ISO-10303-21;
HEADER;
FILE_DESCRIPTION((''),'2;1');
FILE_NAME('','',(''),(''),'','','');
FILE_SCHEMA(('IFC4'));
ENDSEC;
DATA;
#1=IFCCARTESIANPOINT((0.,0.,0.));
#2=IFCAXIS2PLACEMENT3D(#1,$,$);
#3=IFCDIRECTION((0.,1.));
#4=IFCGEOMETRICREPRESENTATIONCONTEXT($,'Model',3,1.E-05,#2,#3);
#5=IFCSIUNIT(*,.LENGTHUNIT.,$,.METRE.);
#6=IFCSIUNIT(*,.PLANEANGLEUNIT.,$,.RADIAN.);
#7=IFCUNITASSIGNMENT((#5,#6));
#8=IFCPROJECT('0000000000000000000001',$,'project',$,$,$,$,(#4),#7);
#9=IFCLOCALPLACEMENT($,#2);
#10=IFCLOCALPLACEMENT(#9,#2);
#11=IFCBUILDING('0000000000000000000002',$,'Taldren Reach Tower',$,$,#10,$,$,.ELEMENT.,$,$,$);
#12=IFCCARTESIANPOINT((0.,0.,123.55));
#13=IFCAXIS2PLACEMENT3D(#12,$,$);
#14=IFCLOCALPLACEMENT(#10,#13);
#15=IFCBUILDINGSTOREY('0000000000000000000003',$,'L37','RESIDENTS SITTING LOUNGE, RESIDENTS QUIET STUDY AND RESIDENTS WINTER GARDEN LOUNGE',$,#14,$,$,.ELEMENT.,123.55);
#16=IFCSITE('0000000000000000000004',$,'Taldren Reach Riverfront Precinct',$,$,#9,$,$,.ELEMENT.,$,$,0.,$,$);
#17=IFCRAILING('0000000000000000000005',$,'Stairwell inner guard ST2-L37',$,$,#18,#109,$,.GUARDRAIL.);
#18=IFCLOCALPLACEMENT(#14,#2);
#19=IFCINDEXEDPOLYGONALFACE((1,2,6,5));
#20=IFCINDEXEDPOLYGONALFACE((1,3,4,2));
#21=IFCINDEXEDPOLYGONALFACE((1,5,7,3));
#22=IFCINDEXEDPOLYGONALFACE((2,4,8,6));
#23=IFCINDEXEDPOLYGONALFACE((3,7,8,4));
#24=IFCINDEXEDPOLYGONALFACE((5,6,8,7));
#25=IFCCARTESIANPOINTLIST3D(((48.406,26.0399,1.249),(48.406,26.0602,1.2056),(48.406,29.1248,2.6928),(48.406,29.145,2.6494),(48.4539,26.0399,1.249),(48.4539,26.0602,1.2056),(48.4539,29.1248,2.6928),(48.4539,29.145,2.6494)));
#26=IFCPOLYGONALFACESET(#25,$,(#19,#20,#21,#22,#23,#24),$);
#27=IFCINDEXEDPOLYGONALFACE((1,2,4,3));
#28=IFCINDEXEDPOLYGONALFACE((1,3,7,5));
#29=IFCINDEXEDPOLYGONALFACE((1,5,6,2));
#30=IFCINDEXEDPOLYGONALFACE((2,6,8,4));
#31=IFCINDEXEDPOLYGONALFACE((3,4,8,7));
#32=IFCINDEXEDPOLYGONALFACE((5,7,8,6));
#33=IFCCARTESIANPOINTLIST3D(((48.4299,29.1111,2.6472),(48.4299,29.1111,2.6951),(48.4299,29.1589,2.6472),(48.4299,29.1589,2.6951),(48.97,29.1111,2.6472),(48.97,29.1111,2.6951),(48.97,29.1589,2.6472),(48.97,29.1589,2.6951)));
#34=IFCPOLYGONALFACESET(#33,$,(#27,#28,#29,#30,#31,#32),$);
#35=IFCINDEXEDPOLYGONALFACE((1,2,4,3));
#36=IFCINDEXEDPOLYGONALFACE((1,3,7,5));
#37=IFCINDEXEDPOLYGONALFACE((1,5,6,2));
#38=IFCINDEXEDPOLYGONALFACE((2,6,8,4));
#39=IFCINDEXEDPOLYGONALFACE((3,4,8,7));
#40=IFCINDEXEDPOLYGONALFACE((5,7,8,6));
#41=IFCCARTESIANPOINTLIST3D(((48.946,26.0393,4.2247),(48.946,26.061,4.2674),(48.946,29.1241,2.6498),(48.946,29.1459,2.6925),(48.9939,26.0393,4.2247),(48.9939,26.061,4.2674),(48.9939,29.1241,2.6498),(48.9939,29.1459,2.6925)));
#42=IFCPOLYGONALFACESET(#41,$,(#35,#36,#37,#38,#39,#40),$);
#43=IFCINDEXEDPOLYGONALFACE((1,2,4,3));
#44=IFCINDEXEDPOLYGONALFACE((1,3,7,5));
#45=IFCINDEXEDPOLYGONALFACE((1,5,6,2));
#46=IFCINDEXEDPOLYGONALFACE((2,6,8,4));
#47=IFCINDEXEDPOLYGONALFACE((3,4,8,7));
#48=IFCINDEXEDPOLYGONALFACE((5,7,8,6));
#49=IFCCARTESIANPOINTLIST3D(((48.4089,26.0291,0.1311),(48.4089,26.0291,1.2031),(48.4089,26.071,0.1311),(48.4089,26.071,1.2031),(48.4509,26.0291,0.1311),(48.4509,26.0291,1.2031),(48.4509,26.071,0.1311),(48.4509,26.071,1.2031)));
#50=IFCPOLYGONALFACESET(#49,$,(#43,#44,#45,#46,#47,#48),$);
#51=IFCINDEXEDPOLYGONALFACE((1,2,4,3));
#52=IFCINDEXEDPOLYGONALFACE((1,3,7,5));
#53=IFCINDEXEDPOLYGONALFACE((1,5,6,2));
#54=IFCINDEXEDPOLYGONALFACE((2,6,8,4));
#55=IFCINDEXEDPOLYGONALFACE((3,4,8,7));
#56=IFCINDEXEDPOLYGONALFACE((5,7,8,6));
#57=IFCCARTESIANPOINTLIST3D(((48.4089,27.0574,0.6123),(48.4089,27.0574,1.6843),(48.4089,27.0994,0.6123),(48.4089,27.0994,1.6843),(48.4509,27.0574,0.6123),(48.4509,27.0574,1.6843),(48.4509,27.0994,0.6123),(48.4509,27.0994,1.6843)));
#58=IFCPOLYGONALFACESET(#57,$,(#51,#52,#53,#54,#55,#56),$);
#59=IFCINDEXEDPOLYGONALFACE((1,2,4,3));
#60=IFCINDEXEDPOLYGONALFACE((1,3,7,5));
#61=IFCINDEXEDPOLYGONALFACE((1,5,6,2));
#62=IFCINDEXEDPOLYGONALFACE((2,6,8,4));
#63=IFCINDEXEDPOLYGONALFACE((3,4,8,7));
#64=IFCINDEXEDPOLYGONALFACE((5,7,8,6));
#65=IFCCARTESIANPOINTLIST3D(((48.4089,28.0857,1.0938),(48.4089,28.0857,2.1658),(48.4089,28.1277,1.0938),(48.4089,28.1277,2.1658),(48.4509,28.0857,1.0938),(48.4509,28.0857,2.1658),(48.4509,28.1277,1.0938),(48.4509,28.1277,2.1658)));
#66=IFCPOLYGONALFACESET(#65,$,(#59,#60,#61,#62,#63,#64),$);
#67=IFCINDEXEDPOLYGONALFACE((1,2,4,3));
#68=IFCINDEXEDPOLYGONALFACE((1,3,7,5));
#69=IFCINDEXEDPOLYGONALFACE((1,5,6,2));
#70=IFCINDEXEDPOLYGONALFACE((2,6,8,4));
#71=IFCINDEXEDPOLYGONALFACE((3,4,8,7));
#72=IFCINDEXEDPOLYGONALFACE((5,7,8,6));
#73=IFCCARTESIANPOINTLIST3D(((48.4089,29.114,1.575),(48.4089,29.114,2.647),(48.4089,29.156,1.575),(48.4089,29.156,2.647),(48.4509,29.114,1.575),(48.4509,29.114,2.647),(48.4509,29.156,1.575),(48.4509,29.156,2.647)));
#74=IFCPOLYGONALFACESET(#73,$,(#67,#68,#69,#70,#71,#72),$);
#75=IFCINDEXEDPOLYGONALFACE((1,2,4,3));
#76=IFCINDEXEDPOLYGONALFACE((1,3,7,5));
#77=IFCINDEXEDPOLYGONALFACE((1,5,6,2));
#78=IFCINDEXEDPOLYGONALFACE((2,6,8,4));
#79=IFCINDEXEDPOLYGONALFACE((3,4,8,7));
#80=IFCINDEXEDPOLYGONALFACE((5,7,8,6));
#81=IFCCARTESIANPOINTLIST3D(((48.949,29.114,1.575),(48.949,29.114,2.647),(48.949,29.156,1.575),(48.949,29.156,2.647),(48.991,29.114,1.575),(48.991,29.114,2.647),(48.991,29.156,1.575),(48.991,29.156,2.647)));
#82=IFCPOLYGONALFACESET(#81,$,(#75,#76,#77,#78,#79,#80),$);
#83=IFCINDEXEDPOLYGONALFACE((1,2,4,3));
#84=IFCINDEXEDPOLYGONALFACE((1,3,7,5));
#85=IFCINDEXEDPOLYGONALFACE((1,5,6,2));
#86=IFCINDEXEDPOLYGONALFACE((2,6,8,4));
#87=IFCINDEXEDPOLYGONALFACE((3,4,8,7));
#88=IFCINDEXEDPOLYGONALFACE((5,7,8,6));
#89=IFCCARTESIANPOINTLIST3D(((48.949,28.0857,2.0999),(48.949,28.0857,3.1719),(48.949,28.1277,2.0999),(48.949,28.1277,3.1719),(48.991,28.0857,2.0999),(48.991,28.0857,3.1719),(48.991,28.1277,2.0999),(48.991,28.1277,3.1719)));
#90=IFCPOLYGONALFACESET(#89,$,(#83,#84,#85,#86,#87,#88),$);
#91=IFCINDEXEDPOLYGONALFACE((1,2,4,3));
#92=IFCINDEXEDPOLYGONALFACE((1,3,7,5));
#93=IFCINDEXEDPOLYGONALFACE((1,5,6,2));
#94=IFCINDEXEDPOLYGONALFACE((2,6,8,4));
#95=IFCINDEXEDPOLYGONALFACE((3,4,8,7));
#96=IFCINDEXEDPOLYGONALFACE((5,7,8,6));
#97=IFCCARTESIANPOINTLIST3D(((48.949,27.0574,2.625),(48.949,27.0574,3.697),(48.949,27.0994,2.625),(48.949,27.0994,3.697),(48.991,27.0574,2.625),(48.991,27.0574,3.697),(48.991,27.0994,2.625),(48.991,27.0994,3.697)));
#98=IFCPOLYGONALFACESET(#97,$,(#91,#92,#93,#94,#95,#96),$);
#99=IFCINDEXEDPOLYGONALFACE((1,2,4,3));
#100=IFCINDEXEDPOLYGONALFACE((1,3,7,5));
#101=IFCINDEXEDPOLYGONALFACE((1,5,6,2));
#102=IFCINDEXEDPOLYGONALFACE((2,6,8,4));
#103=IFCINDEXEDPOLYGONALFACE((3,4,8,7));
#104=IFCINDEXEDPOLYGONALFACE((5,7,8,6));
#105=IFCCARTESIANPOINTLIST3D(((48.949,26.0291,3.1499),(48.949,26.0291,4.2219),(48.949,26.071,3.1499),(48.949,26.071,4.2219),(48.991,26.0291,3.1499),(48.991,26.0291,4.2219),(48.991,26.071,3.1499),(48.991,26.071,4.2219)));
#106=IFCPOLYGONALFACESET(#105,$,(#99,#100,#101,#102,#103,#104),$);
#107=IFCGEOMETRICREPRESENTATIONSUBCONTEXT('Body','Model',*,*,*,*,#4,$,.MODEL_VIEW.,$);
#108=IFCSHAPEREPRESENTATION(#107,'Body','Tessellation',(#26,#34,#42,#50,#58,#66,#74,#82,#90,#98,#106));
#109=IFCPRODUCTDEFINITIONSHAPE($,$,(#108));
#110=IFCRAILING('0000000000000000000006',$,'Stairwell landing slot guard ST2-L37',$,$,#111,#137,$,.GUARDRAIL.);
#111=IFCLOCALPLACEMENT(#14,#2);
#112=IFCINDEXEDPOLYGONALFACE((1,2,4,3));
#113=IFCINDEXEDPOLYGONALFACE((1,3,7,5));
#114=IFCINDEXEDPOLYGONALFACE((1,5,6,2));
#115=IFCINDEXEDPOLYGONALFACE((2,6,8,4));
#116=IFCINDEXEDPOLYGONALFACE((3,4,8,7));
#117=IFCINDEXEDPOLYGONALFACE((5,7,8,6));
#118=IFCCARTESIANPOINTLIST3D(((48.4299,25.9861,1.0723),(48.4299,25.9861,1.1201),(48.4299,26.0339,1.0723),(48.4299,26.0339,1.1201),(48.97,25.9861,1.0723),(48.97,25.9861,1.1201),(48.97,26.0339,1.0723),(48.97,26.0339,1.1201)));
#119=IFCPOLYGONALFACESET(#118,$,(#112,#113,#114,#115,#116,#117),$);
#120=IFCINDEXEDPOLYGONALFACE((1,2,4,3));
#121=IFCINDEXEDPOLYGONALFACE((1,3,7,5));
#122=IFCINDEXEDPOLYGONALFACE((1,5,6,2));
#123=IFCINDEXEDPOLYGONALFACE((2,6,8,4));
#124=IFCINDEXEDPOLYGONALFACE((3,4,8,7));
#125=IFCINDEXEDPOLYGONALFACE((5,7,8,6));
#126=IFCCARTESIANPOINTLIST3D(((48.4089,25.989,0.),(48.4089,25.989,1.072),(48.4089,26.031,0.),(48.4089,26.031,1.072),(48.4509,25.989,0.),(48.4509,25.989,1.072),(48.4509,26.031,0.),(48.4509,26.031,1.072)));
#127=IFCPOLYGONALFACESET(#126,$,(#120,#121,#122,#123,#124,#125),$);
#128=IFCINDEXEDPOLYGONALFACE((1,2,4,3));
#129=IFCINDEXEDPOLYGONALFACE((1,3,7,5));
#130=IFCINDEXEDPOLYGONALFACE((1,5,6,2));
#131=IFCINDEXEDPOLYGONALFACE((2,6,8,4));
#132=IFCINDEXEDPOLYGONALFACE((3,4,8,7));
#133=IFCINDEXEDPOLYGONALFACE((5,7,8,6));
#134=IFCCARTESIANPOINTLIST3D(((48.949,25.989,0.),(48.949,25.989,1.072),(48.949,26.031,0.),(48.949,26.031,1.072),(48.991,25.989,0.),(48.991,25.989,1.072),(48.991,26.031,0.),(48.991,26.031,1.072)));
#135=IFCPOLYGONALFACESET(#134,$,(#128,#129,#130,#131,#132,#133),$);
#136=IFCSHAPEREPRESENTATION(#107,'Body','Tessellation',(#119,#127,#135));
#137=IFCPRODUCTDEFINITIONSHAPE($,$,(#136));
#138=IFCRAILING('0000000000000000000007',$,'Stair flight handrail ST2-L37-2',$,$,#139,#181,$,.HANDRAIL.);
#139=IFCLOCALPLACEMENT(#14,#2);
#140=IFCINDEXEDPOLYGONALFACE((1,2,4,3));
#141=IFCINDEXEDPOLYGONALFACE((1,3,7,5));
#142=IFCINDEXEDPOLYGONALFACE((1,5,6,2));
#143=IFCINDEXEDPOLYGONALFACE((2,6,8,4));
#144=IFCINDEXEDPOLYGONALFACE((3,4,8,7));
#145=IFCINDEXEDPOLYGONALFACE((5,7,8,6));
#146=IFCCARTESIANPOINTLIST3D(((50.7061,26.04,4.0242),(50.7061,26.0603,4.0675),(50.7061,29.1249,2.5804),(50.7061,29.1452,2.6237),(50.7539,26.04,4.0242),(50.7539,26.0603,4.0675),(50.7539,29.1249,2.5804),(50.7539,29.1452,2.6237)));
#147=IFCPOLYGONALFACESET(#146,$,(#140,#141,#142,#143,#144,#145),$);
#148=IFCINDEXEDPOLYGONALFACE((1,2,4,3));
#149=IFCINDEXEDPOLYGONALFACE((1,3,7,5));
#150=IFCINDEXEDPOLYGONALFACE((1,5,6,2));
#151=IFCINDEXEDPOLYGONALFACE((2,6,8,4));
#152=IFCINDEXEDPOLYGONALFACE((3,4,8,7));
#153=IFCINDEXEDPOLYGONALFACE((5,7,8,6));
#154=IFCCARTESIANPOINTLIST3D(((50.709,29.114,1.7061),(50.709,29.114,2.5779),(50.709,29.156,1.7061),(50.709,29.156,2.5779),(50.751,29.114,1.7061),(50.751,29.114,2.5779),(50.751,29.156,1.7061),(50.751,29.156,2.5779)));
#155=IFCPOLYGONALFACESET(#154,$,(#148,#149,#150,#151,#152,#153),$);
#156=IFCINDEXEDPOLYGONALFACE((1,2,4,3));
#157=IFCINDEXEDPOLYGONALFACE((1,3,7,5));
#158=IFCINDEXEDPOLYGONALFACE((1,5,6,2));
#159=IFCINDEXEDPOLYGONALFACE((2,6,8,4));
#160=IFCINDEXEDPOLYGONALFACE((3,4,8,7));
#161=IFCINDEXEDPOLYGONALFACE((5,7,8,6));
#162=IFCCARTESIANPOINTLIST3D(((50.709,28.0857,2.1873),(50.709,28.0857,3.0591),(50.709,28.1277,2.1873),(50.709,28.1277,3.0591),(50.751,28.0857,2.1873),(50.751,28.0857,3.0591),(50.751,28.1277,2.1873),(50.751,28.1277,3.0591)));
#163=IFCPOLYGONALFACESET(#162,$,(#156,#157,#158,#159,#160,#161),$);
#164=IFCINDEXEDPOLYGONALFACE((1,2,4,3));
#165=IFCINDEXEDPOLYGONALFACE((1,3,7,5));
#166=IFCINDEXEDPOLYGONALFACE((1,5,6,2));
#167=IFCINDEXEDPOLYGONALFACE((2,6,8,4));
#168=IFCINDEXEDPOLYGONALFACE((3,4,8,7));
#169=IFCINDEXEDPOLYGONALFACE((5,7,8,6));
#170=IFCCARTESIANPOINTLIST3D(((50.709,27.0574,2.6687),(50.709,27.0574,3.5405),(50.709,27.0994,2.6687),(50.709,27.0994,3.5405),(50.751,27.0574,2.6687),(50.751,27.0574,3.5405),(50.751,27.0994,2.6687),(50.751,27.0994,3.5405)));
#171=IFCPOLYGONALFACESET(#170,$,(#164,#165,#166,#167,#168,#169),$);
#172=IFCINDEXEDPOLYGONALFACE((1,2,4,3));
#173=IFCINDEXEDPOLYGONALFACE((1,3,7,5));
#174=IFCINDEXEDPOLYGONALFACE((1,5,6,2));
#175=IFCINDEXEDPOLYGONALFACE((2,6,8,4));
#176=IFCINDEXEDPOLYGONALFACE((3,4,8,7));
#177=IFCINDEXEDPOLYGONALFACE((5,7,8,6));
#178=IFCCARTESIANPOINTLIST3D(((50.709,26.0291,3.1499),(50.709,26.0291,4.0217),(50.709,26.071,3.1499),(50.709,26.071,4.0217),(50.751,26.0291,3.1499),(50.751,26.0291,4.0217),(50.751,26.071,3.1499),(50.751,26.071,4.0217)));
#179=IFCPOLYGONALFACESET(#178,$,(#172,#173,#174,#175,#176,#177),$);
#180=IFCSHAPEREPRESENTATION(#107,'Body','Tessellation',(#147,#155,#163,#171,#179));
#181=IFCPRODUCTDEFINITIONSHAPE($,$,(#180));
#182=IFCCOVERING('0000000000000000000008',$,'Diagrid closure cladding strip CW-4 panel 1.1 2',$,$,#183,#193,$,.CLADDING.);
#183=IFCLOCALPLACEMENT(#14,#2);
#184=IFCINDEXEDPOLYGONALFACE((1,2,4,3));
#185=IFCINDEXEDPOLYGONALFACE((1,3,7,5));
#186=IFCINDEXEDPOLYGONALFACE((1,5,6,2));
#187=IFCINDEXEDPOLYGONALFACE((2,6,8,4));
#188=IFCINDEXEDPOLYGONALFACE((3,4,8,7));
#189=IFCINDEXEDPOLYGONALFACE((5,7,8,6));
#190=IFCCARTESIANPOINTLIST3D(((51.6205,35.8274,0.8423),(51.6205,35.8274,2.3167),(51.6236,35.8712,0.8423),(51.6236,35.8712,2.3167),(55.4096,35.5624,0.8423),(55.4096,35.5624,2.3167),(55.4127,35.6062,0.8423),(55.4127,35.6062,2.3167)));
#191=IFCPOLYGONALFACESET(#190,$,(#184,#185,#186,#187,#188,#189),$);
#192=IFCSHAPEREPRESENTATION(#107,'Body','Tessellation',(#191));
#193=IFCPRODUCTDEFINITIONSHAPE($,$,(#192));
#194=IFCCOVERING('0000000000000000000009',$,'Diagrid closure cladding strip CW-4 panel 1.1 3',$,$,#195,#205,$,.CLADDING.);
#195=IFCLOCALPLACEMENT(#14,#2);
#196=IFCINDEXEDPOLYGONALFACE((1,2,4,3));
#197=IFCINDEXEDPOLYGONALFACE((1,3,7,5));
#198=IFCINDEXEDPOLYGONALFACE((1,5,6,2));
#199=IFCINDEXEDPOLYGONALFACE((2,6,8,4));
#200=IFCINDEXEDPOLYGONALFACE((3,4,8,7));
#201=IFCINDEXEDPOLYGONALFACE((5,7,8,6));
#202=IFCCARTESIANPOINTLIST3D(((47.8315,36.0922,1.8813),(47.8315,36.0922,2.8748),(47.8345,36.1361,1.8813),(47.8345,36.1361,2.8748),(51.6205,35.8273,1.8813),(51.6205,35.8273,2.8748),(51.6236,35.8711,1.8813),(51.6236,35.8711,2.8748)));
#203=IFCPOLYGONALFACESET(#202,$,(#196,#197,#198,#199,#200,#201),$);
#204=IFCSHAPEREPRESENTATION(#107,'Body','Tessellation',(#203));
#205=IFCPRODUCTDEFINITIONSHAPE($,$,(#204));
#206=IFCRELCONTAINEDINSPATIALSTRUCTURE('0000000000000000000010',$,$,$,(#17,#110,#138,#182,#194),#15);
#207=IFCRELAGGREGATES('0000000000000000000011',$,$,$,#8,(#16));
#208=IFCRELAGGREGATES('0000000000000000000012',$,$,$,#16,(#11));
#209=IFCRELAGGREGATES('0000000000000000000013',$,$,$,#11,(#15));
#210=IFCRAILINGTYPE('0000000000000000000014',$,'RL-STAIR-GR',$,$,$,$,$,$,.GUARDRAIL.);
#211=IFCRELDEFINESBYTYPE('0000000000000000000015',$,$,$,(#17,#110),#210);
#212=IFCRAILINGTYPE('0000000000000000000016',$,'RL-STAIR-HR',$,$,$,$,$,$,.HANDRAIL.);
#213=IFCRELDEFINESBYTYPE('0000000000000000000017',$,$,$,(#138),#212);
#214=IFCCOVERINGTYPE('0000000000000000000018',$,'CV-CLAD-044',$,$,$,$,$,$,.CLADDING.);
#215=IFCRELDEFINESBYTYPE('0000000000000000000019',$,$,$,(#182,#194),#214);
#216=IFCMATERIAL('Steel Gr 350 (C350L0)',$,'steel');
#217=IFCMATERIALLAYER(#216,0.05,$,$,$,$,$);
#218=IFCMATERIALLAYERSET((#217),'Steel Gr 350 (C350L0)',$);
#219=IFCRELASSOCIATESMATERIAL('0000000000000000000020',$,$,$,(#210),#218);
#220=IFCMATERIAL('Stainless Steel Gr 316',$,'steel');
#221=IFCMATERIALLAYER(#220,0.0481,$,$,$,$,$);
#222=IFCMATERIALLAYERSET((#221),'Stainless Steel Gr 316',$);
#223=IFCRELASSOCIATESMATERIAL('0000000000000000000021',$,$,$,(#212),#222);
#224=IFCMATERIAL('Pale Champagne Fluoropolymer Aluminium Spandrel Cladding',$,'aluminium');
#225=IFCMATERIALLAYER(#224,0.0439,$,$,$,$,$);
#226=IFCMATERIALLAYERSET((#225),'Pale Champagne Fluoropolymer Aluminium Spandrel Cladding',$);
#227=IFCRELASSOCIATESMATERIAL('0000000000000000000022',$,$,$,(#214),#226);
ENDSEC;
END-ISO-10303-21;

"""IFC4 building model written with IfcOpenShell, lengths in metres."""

from ifc_helpers import new_model, si_unit, direction, frame, origin, origin_2d, place, context, subcontext, project, spatial, rectangle, extrude, source, transform, mapped, material, layer, layer_set, type_object, element, save


model = new_model("IFC4")

# Units and contexts
model_context = context("Model", 3, precision=1e-05, world=origin(), true_north=direction((0.0, 1.0)))
body_context = subcontext(model_context, "Body", "Model", "MODEL_VIEW")
ifc_project = project(units=[si_unit("LENGTHUNIT", "METRE"), si_unit("PLANEANGLEUNIT", "RADIAN")], contexts=[model_context])

# Site, building, storey
site_placement = place(None, origin())
site = spatial("IfcSite", under=ifc_project, at=site_placement, Name="Taldren Reach Riverfront Precinct", CompositionType="ELEMENT", RefElevation=0.0)
building_placement = place(site_placement, origin())
building = spatial("IfcBuilding", under=site, at=building_placement, Name="Taldren Reach Tower", CompositionType="ELEMENT")
storey_placement = place(building_placement, frame((0.0, 0.0, 123.55)))
storey = spatial("IfcBuildingStorey", under=building, at=storey_placement, Name="L37", Description="RESIDENTS SITTING LOUNGE, RESIDENTS QUIET STUDY AND RESIDENTS WINTER GARDEN LOUNGE", CompositionType="ELEMENT", Elevation=123.55)

# Shared definitions
ifc_material_1 = material(Name="Steel Gr 350 (C350L0)", Category="steel")

# Railings
ifc_layer_1 = layer(ifc_material_1, 0.05)
ifc_layer_set_1 = layer_set([ifc_layer_1], Name="Steel Gr 350 (C350L0)")
railing_type_1 = type_object("IfcRailingType", Name="RL-STAIR-GR", PredefinedType="GUARDRAIL", material=ifc_layer_set_1)
railing_1_placement = place(storey_placement, frame((48.4299, 26.05, 0.1311)))
element("IfcRailing", 1, at=railing_1_placement, inside=storey, type_object=railing_type_1, Name="Stairwell inner guard ST2-L37", PredefinedType="GUARDRAIL", context=body_context, shape_type="SweptSolid", body=[
    extrude(rectangle(XDim=0.0479, YDim=0.0479, at=origin_2d()), frame((0.0, 0.0, 1.0962), z_axis=(0.0, 0.90571, 0.423898), x_axis=(-1.0, 0.0, 0.0)), (0.0, 0.0, 1.0), 3.406),
    extrude(rectangle(XDim=0.0479, YDim=0.0479, at=origin_2d()), frame((0.0, 3.085, 2.54), z_axis=(1.0, 0.0, 0.0), x_axis=(0.0, 1.0, 0.0)), (0.0, 0.0, 1.0), 0.54),
    extrude(rectangle(XDim=0.0479, YDim=0.0479, at=origin_2d()), frame((0.54, 3.085, 2.54), z_axis=(0.0, -0.890646, 0.454697), x_axis=(1.0, 0.0, 0.0)), (0.0, 0.0, 1.0), 3.4636),
    extrude(rectangle(XDim=0.042, YDim=0.042, at=origin_2d()), origin(), (0.0, 0.0, 1.0), 1.072),
    extrude(rectangle(XDim=0.042, YDim=0.042, at=origin_2d()), frame((0.0, 1.0283, 0.4812)), (0.0, 0.0, 1.0), 1.072),
    extrude(rectangle(XDim=0.042, YDim=0.042, at=origin_2d()), frame((0.0, 2.0566, 0.9626)), (0.0, 0.0, 1.0), 1.072),
    extrude(rectangle(XDim=0.042, YDim=0.042, at=origin_2d()), frame((0.0, 3.085, 1.4438)), (0.0, 0.0, 1.0), 1.072),
    extrude(rectangle(XDim=0.042, YDim=0.042, at=origin_2d()), frame((0.54, 3.085, 1.4438)), (0.0, 0.0, 1.0), 1.072),
    extrude(rectangle(XDim=0.042, YDim=0.042, at=origin_2d()), frame((0.54, 2.0566, 1.9688)), (0.0, 0.0, 1.0), 1.072),
    extrude(rectangle(XDim=0.042, YDim=0.042, at=origin_2d()), frame((0.54, 1.0283, 2.4939)), (0.0, 0.0, 1.0), 1.072),
    extrude(rectangle(XDim=0.042, YDim=0.042, at=origin_2d()), frame((0.54, 0.0, 3.0188)), (0.0, 0.0, 1.0), 1.072),
])
railing_2_placement = place(storey_placement, frame((48.4299, 26.01, 0.0)))
element("IfcRailing", 2, at=railing_2_placement, inside=storey, type_object=railing_type_1, Name="Stairwell landing slot guard ST2-L37", PredefinedType="GUARDRAIL", context=body_context, shape_type="SweptSolid", body=[
    extrude(rectangle(XDim=0.0479, YDim=0.0479, at=origin_2d()), frame((0.0, 0.0, 1.0962), z_axis=(1.0, 0.0, 0.0), x_axis=(0.0, 1.0, 0.0)), (0.0, 0.0, 1.0), 0.54),
    extrude(rectangle(XDim=0.042, YDim=0.042, at=origin_2d()), origin(), (0.0, 0.0, 1.0), 1.072),
    extrude(rectangle(XDim=0.042, YDim=0.042, at=origin_2d()), frame((0.54, 0.0, 0.0)), (0.0, 0.0, 1.0), 1.072),
])
ifc_material_2 = material(Name="Stainless Steel Gr 316", Category="steel")
ifc_layer_2 = layer(ifc_material_2, 0.0481)
ifc_layer_set_2 = layer_set([ifc_layer_2], Name="Stainless Steel Gr 316")
railing_type_2 = type_object("IfcRailingType", Name="RL-STAIR-HR", PredefinedType="HANDRAIL", material=ifc_layer_set_2)
railing_3_placement = place(storey_placement, frame((50.73, 29.135, 1.7061)))
element("IfcRailing", 3, at=railing_3_placement, inside=storey, type_object=railing_type_2, Name="Stair flight handrail ST2-L37-2", PredefinedType="HANDRAIL", context=body_context, shape_type="SweptSolid", body=[
    extrude(rectangle(XDim=0.0479, YDim=0.0479, at=origin_2d()), frame((0.0, 0.0, 0.896), z_axis=(0.0, -0.90571, 0.423898), x_axis=(1.0, 0.0, 0.0)), (0.0, 0.0, 1.0), 3.406),
    extrude(rectangle(XDim=0.042, YDim=0.042, at=origin_2d()), origin(), (0.0, 0.0, 1.0), 0.8718),
    extrude(rectangle(XDim=0.042, YDim=0.042, at=origin_2d()), frame((0.0, -1.0283, 0.4812)), (0.0, 0.0, 1.0), 0.8718),
    extrude(rectangle(XDim=0.042, YDim=0.042, at=origin_2d()), frame((0.0, -2.0566, 0.9626)), (0.0, 0.0, 1.0), 0.8718),
    extrude(rectangle(XDim=0.042, YDim=0.042, at=origin_2d()), frame((0.0, -3.085, 1.4438)), (0.0, 0.0, 1.0), 0.8718),
])

# Coverings
ifc_material_3 = material(Name="Pale Champagne Fluoropolymer Aluminium Spandrel Cladding", Category="aluminium")
ifc_layer_3 = layer(ifc_material_3, 0.0439)
ifc_layer_set_3 = layer_set([ifc_layer_3], Name="Pale Champagne Fluoropolymer Aluminium Spandrel Cladding")
covering_type = type_object("IfcCoveringType", Name="CV-CLAD-044", PredefinedType="CLADDING", material=ifc_layer_set_3)
shared_shape_1 = source(origin(), body_context, "Body", "SweptSolid", [
    extrude(rectangle(XDim=3.7983, YDim=0.0439, at=origin_2d()), origin(), (0.0, 0.0, 1.0), 1.4744),
])
covering_1_placement = place(storey_placement, frame((53.5166, 35.7168, 0.8423), z_axis=(0.0, 0.0, 1.0), x_axis=(-0.997564, 0.069757, 0.0)))
element("IfcCovering", 4, at=covering_1_placement, inside=storey, type_object=covering_type, Name="Diagrid closure cladding strip CW-4 panel 1.1 2", PredefinedType="CLADDING", context=body_context, shape_type="MappedRepresentation", body=[
    mapped(shared_shape_1, transform((0.0, 0.0, 0.0), scale=1.0)),
])
shared_shape_2 = source(origin(), body_context, "Body", "SweptSolid", [
    extrude(rectangle(XDim=3.7983, YDim=0.0439, at=origin_2d()), origin(), (0.0, 0.0, 1.0), 0.9934),
])
covering_2_placement = place(storey_placement, frame((49.7275, 35.9817, 1.8813), z_axis=(0.0, 0.0, 1.0), x_axis=(-0.997564, 0.069757, 0.0)))
element("IfcCovering", 5, at=covering_2_placement, inside=storey, type_object=covering_type, Name="Diagrid closure cladding strip CW-4 panel 1.1 3", PredefinedType="CLADDING", context=body_context, shape_type="MappedRepresentation", body=[
    mapped(shared_shape_2, transform((0.0, 0.0, 0.0), scale=1.0)),
])

save(model, "model.ifc")
